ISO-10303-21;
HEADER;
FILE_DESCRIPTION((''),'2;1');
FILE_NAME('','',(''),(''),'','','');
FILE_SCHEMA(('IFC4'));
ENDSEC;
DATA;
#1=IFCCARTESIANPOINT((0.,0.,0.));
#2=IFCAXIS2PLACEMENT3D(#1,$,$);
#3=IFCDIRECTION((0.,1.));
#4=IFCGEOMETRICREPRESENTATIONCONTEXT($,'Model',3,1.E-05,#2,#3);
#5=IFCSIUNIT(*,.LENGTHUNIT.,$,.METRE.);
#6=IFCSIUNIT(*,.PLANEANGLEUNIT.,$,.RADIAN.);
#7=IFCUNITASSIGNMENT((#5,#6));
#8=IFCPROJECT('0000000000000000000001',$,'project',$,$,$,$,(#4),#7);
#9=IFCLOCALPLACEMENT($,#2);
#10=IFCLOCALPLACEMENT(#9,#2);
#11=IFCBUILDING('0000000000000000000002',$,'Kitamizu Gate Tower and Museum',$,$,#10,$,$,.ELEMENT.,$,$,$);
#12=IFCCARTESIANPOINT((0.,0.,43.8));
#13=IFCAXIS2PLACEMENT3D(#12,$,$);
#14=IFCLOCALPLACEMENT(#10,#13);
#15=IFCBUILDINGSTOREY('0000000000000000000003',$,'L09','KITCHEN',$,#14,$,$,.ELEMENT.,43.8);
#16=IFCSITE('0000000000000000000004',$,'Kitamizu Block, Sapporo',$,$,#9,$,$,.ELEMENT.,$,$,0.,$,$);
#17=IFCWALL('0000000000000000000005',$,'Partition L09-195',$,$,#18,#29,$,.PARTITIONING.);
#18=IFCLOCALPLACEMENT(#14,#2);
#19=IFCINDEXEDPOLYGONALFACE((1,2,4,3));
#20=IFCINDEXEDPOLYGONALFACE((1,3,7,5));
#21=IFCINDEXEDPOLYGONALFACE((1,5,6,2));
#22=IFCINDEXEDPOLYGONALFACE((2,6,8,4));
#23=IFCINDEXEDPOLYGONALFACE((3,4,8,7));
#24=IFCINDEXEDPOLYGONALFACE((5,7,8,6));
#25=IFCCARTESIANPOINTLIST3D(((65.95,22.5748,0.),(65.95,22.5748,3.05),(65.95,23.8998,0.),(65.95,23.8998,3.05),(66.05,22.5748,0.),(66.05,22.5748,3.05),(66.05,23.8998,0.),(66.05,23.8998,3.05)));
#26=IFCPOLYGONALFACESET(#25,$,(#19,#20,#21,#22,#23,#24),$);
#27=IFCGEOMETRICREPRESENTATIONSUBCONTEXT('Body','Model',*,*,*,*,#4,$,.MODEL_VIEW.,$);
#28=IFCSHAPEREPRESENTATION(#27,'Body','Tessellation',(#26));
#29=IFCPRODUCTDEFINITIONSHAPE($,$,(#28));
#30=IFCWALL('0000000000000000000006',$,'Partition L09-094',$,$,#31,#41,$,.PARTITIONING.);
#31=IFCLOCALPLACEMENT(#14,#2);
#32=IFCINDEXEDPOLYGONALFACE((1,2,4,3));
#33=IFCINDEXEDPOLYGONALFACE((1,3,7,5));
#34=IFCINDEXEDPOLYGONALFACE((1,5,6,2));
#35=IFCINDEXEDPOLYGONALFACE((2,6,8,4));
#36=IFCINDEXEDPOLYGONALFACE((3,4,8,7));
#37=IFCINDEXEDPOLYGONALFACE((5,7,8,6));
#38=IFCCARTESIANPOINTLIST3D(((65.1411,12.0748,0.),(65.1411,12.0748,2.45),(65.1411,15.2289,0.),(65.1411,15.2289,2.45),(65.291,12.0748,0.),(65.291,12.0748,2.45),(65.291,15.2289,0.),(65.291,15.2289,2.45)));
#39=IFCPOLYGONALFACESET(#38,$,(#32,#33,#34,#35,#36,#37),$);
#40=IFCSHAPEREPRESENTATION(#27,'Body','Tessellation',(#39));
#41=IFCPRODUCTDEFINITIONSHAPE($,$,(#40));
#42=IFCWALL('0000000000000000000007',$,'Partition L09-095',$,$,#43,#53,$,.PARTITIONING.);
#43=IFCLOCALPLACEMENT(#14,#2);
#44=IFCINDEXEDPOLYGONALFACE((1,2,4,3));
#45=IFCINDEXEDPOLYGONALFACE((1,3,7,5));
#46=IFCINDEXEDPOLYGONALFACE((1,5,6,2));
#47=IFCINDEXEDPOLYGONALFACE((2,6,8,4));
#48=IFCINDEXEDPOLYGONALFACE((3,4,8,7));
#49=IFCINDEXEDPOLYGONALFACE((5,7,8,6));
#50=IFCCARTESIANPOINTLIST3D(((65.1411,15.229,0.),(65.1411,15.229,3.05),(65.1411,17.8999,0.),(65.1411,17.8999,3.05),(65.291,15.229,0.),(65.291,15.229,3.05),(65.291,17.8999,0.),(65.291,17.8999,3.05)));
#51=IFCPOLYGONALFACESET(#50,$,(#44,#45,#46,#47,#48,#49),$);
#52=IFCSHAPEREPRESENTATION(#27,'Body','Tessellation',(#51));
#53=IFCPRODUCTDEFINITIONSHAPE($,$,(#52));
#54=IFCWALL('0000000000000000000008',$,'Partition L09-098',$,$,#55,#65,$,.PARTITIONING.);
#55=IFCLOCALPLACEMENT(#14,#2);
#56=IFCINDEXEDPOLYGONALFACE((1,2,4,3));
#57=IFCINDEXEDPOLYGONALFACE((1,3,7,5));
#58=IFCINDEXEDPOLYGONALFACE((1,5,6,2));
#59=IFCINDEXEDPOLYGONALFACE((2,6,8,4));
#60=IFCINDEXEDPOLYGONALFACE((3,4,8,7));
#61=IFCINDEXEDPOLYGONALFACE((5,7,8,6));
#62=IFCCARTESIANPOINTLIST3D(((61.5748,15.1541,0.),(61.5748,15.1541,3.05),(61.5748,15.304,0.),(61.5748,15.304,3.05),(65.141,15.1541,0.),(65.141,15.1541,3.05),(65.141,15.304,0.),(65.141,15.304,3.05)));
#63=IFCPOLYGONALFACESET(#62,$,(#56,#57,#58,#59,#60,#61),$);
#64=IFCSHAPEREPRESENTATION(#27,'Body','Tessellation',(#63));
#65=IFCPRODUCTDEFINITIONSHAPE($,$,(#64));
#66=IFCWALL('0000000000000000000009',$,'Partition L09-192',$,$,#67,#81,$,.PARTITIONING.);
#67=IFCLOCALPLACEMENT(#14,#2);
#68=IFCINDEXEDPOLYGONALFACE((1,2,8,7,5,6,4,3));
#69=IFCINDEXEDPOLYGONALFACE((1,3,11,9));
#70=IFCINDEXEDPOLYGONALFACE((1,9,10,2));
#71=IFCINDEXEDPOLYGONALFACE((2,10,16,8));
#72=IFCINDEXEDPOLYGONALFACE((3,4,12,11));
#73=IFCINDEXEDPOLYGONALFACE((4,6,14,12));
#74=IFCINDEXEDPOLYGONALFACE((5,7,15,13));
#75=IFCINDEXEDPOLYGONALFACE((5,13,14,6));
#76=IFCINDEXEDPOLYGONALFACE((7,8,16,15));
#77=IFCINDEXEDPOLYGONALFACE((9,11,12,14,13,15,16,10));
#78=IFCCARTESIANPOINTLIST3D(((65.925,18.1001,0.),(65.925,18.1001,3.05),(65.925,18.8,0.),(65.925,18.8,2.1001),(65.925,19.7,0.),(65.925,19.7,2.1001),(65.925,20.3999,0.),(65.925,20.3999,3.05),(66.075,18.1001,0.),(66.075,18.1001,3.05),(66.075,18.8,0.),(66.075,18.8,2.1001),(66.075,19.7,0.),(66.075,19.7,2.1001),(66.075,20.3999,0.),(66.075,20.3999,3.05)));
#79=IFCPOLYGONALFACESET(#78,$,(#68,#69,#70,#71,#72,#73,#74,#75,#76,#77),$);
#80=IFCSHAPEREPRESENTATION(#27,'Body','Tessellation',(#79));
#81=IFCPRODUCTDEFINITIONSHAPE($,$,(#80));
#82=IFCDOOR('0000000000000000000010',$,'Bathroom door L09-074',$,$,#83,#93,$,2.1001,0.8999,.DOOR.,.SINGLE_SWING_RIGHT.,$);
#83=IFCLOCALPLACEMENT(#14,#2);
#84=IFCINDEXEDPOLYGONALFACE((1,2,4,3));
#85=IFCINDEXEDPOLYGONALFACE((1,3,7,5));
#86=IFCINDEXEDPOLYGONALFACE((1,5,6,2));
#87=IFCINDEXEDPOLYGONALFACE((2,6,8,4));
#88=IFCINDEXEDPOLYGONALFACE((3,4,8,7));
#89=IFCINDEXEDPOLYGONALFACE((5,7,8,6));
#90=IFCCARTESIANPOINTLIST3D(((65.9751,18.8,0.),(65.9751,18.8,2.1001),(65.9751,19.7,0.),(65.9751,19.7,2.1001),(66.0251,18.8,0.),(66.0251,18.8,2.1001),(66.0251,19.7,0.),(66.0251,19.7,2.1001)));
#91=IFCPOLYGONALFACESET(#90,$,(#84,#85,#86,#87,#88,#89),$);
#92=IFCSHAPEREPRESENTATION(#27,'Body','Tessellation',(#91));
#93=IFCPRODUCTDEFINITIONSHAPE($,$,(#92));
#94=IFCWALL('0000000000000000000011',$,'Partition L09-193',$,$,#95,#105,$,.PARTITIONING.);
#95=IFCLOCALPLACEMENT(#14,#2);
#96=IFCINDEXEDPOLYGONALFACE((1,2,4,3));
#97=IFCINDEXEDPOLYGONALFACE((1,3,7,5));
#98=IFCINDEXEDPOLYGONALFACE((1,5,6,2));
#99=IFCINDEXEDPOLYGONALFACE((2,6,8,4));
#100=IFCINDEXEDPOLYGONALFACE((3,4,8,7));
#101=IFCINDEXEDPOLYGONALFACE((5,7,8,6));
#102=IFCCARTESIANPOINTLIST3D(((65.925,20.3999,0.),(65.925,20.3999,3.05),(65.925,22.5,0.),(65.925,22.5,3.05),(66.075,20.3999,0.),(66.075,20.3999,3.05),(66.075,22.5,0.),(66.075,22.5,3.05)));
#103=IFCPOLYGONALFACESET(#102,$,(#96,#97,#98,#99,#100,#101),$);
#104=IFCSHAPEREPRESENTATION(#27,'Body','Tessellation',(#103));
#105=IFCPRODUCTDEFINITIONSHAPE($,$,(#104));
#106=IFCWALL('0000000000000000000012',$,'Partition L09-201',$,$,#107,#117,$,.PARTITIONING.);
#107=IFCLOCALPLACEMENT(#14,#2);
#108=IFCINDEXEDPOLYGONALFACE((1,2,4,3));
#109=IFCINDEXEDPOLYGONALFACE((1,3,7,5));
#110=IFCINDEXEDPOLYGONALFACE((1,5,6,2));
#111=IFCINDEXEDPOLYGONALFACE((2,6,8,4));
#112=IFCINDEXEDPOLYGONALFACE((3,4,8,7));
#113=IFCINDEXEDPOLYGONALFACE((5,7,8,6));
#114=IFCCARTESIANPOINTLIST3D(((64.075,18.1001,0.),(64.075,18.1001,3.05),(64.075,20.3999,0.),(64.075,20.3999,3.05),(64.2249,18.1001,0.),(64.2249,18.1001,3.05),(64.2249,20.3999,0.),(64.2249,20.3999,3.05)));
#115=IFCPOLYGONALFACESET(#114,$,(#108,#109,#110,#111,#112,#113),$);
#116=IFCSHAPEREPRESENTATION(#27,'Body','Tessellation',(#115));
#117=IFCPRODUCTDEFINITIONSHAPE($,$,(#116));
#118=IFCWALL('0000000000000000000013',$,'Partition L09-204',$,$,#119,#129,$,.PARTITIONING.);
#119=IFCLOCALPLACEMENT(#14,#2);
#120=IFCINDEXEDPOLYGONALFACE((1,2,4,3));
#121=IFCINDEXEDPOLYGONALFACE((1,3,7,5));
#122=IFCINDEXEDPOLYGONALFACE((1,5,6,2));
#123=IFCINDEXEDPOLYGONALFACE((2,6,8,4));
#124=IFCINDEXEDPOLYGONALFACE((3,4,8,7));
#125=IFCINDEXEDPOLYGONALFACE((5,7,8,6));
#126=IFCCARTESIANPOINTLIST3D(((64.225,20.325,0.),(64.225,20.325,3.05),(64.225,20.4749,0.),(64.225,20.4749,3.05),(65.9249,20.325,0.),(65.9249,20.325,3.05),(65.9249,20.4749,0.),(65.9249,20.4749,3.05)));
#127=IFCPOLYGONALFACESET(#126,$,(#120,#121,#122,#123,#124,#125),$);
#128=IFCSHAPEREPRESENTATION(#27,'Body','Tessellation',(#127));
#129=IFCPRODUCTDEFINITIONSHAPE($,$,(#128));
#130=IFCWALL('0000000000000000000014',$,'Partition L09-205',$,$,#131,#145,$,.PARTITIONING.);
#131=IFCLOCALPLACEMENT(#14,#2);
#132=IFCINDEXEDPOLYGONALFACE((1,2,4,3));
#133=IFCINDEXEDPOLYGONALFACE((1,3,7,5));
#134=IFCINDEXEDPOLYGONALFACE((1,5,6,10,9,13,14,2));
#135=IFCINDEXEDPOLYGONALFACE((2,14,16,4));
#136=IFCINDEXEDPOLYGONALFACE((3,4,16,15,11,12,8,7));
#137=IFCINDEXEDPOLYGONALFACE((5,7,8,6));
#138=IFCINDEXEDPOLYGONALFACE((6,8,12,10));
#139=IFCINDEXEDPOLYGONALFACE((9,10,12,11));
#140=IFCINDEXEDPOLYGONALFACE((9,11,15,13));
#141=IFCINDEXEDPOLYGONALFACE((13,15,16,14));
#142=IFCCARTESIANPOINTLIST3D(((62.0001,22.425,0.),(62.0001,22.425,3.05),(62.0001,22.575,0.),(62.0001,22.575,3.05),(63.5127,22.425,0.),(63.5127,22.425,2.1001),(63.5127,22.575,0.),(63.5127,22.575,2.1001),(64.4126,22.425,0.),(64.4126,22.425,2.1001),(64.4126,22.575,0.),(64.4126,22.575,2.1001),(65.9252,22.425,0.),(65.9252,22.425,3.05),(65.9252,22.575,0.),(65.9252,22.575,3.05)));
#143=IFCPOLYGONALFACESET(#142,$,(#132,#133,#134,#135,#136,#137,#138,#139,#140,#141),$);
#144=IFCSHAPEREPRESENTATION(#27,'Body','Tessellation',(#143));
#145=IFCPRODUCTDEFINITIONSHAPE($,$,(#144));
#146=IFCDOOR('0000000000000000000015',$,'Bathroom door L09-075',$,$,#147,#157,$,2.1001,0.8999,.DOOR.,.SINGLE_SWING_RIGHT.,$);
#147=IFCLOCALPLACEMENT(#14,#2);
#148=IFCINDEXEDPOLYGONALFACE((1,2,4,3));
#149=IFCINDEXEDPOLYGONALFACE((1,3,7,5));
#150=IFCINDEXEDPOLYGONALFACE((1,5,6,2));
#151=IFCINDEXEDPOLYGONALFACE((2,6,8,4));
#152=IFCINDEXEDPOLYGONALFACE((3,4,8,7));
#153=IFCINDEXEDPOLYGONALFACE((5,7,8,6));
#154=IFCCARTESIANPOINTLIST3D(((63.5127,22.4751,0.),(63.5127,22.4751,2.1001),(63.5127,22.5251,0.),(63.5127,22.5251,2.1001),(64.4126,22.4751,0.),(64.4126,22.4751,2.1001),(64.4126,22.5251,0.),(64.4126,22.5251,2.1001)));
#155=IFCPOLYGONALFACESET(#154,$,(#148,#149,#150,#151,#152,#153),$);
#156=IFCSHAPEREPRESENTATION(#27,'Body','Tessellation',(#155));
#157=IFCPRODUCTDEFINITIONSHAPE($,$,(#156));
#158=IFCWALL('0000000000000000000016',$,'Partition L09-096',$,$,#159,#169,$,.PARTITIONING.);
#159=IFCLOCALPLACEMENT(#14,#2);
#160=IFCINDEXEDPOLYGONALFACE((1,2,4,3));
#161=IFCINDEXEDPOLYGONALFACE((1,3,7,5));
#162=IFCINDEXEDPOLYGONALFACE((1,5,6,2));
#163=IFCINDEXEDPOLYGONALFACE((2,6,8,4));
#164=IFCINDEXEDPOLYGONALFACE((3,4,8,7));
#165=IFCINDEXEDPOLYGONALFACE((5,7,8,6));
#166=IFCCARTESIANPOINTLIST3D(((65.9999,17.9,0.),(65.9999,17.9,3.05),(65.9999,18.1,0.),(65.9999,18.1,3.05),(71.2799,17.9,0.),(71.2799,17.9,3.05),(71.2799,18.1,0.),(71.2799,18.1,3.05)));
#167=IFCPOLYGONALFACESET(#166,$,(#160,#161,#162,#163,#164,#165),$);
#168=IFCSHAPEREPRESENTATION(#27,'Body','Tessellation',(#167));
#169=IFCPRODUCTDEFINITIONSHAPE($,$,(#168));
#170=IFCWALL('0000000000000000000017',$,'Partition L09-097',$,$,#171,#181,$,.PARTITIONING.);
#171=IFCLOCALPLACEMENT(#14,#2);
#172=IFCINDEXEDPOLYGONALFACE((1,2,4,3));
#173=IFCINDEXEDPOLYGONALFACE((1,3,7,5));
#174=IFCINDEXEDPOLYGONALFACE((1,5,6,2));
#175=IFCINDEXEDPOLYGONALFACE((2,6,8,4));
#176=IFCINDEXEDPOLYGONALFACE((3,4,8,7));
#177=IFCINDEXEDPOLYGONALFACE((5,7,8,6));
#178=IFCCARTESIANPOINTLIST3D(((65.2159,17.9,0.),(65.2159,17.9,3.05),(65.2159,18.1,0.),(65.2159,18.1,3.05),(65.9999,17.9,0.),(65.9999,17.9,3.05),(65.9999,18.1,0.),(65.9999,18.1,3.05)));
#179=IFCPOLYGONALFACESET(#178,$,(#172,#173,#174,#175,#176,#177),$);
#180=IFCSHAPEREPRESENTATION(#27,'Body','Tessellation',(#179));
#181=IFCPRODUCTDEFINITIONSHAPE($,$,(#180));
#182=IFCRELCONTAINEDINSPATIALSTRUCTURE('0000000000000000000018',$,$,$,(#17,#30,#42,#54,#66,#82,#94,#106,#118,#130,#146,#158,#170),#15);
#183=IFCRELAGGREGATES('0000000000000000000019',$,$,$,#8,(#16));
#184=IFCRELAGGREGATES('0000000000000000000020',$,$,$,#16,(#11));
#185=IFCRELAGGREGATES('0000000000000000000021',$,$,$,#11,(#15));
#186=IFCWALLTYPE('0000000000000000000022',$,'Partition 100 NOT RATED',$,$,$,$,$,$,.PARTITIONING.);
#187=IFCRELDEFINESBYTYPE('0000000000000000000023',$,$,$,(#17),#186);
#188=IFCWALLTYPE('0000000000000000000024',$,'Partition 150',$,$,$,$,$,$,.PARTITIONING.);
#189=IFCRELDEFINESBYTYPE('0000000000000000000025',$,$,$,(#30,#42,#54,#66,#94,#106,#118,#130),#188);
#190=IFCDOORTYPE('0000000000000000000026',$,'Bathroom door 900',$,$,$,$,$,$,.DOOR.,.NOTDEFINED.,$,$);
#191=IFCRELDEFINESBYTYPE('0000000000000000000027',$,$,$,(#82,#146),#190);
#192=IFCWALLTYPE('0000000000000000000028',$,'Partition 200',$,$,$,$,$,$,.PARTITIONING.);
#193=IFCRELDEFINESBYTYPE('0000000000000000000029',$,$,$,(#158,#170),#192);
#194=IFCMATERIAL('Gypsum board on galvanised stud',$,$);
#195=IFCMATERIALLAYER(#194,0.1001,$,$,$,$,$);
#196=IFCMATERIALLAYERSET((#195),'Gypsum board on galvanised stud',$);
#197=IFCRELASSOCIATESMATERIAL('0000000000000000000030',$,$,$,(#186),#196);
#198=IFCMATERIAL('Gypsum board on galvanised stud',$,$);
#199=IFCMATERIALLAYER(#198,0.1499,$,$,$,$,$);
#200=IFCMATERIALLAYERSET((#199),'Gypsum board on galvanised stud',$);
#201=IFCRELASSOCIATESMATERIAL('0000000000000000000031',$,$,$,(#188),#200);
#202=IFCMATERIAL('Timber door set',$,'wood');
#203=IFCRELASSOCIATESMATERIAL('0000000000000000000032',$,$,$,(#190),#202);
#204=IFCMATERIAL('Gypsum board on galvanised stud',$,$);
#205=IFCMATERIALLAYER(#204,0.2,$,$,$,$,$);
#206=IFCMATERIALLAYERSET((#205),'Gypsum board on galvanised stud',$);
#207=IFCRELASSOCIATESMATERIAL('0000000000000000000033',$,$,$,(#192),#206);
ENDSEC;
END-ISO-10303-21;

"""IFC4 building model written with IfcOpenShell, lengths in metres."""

from ifc_helpers import new_model, si_unit, direction, frame, frame_2d, origin, place, context, subcontext, project, spatial, rectangle, extrude, material, layer, layer_set, type_object, element, fill, save


model = new_model("IFC4")

# Units and contexts
model_context = context("Model", 3, precision=1e-05, world=origin(), true_north=direction((0.0, 1.0)))
body_context = subcontext(model_context, "Body", "Model", "MODEL_VIEW")
ifc_project = project(units=[si_unit("LENGTHUNIT", "METRE"), si_unit("PLANEANGLEUNIT", "RADIAN")], contexts=[model_context])

# Site, building, storey
site_placement = place(None, origin())
site = spatial("IfcSite", under=ifc_project, at=site_placement, Name="Kitamizu Block, Sapporo", CompositionType="ELEMENT", RefElevation=0.0)
building_placement = place(site_placement, origin())
building = spatial("IfcBuilding", under=site, at=building_placement, Name="Kitamizu Gate Tower and Museum", CompositionType="ELEMENT")
storey_placement = place(building_placement, frame((0.0, 0.0, 43.8)))
storey = spatial("IfcBuildingStorey", under=building, at=storey_placement, Name="L09", Description="KITCHEN", CompositionType="ELEMENT", Elevation=43.8)

# Walls
ifc_material_1 = material(Name="Gypsum board on galvanised stud")
ifc_layer_1 = layer(ifc_material_1, 0.1001)
ifc_layer_set_1 = layer_set([ifc_layer_1], Name="Gypsum board on galvanised stud")
wall_type_1 = type_object("IfcWallType", Name="Partition 100 NOT RATED", PredefinedType="PARTITIONING", material=ifc_layer_set_1)
wall_1_placement = place(storey_placement, frame((66.0, 23.8999, 0.0), z_axis=(0.0, 0.0, 1.0), x_axis=(0.0, -1.0, 0.0)))
element("IfcWall", 1, at=wall_1_placement, inside=storey, type_object=wall_type_1, Name="Partition L09-195", PredefinedType="PARTITIONING", context=body_context, shape_type="SweptSolid", body=[
    extrude(rectangle(XDim=1.325, YDim=0.1001, at=frame_2d((0.6626, 0.0))), origin(), (0.0, 0.0, 1.0), 3.05),
])
ifc_material_2 = material(Name="Gypsum board on galvanised stud")
ifc_layer_2 = layer(ifc_material_2, 0.1499)
ifc_layer_set_2 = layer_set([ifc_layer_2], Name="Gypsum board on galvanised stud")
wall_type_2 = type_object("IfcWallType", Name="Partition 150", PredefinedType="PARTITIONING", material=ifc_layer_set_2)
wall_2_placement = place(storey_placement, frame((65.2161, 15.229, 0.0), z_axis=(0.0, 0.0, 1.0), x_axis=(0.0, -1.0, 0.0)))
element("IfcWall", 2, at=wall_2_placement, inside=storey, type_object=wall_type_2, Name="Partition L09-094", PredefinedType="PARTITIONING", context=body_context, shape_type="SweptSolid", body=[
    extrude(rectangle(XDim=3.1541, YDim=0.1499, at=frame_2d((1.5771, 0.0))), origin(), (0.0, 0.0, 1.0), 2.45),
])
wall_3_placement = place(storey_placement, frame((65.2161, 17.8999, 0.0), z_axis=(0.0, 0.0, 1.0), x_axis=(0.0, -1.0, 0.0)))
element("IfcWall", 3, at=wall_3_placement, inside=storey, type_object=wall_type_2, Name="Partition L09-095", PredefinedType="PARTITIONING", context=body_context, shape_type="SweptSolid", body=[
    extrude(rectangle(XDim=2.6709, YDim=0.1499, at=frame_2d((1.3354, 0.0))), origin(), (0.0, 0.0, 1.0), 3.05),
])
wall_4_placement = place(storey_placement, frame((65.1411, 15.229, 0.0), z_axis=(0.0, 0.0, 1.0), x_axis=(-1.0, 0.0, 0.0)))
element("IfcWall", 4, at=wall_4_placement, inside=storey, type_object=wall_type_2, Name="Partition L09-098", PredefinedType="PARTITIONING", context=body_context, shape_type="SweptSolid", body=[
    extrude(rectangle(XDim=3.5662, YDim=0.1499, at=frame_2d((1.7832, 0.0))), origin(), (0.0, 0.0, 1.0), 3.05),
])

# Wall, opening, door
wall_5_placement = place(storey_placement, frame((66.0, 20.3999, 0.0), z_axis=(0.0, 0.0, 1.0), x_axis=(0.0, -1.0, 0.0)))
wall_5 = element("IfcWall", 5, at=wall_5_placement, inside=storey, type_object=wall_type_2, Name="Partition L09-192", PredefinedType="PARTITIONING", context=body_context, shape_type="SweptSolid", body=[
    extrude(rectangle(XDim=2.2998, YDim=0.1499, at=frame_2d((1.1499, 0.0))), origin(), (0.0, 0.0, 1.0), 3.05),
])
opening_1_placement = place(wall_5_placement, frame((0.7, 0.0, 0.0)))
opening_1 = element("IfcOpeningElement", 6, at=opening_1_placement, cuts=wall_5, PredefinedType="OPENING", context=body_context, shape_type="SweptSolid", body=[
    extrude(rectangle(XDim=0.8999, YDim=2.1001, at=frame_2d((0.45, 1.05))), frame((0.0, 0.085, 0.0), z_axis=(0.0, -1.0, 0.0), x_axis=(1.0, 0.0, 0.0)), (0.0, 0.0, 1.0), 0.1699),
])
ifc_material_3 = material(Name="Timber door set", Category="wood")
door_type = type_object("IfcDoorType", Name="Bathroom door 900", OperationType="NOTDEFINED", PredefinedType="DOOR", material=ifc_material_3)
door_1_placement = place(opening_1_placement, frame((0.8999, 0.0, 0.0), x_axis=(-1.0, 0.0, 0.0)))
door_1 = element("IfcDoor", 7, at=door_1_placement, inside=storey, type_object=door_type, Name="Bathroom door L09-074", OperationType="SINGLE_SWING_RIGHT", OverallHeight=2.1001, OverallWidth=0.8999, PredefinedType="DOOR", context=body_context, shape_type="SweptSolid", body=[
    extrude(rectangle(XDim=0.8999, YDim=2.1001, at=frame_2d((0.45, 1.05))), frame((0.0, 0.0249, 0.0), z_axis=(0.0, -1.0, 0.0), x_axis=(1.0, 0.0, 0.0)), (0.0, 0.0, 1.0), 0.05),
])
fill(opening_1, door_1)

# Walls
wall_6_placement = place(storey_placement, frame((66.0, 22.5, 0.0), z_axis=(0.0, 0.0, 1.0), x_axis=(0.0, -1.0, 0.0)))
element("IfcWall", 8, at=wall_6_placement, inside=storey, type_object=wall_type_2, Name="Partition L09-193", PredefinedType="PARTITIONING", context=body_context, shape_type="SweptSolid", body=[
    extrude(rectangle(XDim=2.1001, YDim=0.1499, at=frame_2d((1.05, 0.0))), origin(), (0.0, 0.0, 1.0), 3.05),
])
wall_7_placement = place(storey_placement, frame((64.1499, 18.1001, 0.0), z_axis=(0.0, 0.0, 1.0), x_axis=(0.0, 1.0, 0.0)))
element("IfcWall", 9, at=wall_7_placement, inside=storey, type_object=wall_type_2, Name="Partition L09-201", PredefinedType="PARTITIONING", context=body_context, shape_type="SweptSolid", body=[
    extrude(rectangle(XDim=2.2998, YDim=0.1499, at=frame_2d((1.1499, 0.0))), origin(), (0.0, 0.0, 1.0), 3.05),
])
wall_8_placement = place(storey_placement, frame((65.925, 20.3999, 0.0), z_axis=(0.0, 0.0, 1.0), x_axis=(-1.0, 0.0, 0.0)))
element("IfcWall", 10, at=wall_8_placement, inside=storey, type_object=wall_type_2, Name="Partition L09-204", PredefinedType="PARTITIONING", context=body_context, shape_type="SweptSolid", body=[
    extrude(rectangle(XDim=1.7, YDim=0.1499, at=frame_2d((0.8501, 0.0))), origin(), (0.0, 0.0, 1.0), 3.05),
])

# Wall, opening, door
wall_9_placement = place(storey_placement, frame((65.925, 22.5, 0.0), z_axis=(0.0, 0.0, 1.0), x_axis=(-1.0, 0.0, 0.0)))
wall_9 = element("IfcWall", 11, at=wall_9_placement, inside=storey, type_object=wall_type_2, Name="Partition L09-205", PredefinedType="PARTITIONING", context=body_context, shape_type="SweptSolid", body=[
    extrude(rectangle(XDim=3.925, YDim=0.1499, at=frame_2d((1.9624, 0.0))), origin(), (0.0, 0.0, 1.0), 3.05),
])
opening_2_placement = place(wall_9_placement, frame((1.5125, 0.0, 0.0)))
opening_2 = element("IfcOpeningElement", 12, at=opening_2_placement, cuts=wall_9, PredefinedType="OPENING", context=body_context, shape_type="SweptSolid", body=[
    extrude(rectangle(XDim=0.8999, YDim=2.1001, at=frame_2d((0.45, 1.05))), frame((0.0, 0.085, 0.0), z_axis=(0.0, -1.0, 0.0), x_axis=(1.0, 0.0, 0.0)), (0.0, 0.0, 1.0), 0.1699),
])
door_2_placement = place(opening_2_placement, origin())
door_2 = element("IfcDoor", 13, at=door_2_placement, inside=storey, type_object=door_type, Name="Bathroom door L09-075", OperationType="SINGLE_SWING_RIGHT", OverallHeight=2.1001, OverallWidth=0.8999, PredefinedType="DOOR", context=body_context, shape_type="SweptSolid", body=[
    extrude(rectangle(XDim=0.8999, YDim=2.1001, at=frame_2d((0.45, 1.05))), frame((0.0, 0.0249, 0.0), z_axis=(0.0, -1.0, 0.0), x_axis=(1.0, 0.0, 0.0)), (0.0, 0.0, 1.0), 0.05),
])
fill(opening_2, door_2)

# Walls
ifc_material_4 = material(Name="Gypsum board on galvanised stud")
ifc_layer_3 = layer(ifc_material_4, 0.2)
ifc_layer_set_3 = layer_set([ifc_layer_3], Name="Gypsum board on galvanised stud")
wall_type_3 = type_object("IfcWallType", Name="Partition 200", PredefinedType="PARTITIONING", material=ifc_layer_set_3)
wall_10_placement = place(storey_placement, frame((71.28, 18.0, 0.0), z_axis=(0.0, 0.0, 1.0), x_axis=(-1.0, 0.0, 0.0)))
element("IfcWall", 14, at=wall_10_placement, inside=storey, type_object=wall_type_3, Name="Partition L09-096", PredefinedType="PARTITIONING", context=body_context, shape_type="SweptSolid", body=[
    extrude(rectangle(XDim=5.28, YDim=0.2, at=frame_2d((2.6401, 0.0))), origin(), (0.0, 0.0, 1.0), 3.05),
])
wall_11_placement = place(storey_placement, frame((66.0, 18.0, 0.0), z_axis=(0.0, 0.0, 1.0), x_axis=(-1.0, 0.0, 0.0)))
element("IfcWall", 15, at=wall_11_placement, inside=storey, type_object=wall_type_3, Name="Partition L09-097", PredefinedType="PARTITIONING", context=body_context, shape_type="SweptSolid", body=[
    extrude(rectangle(XDim=0.7839, YDim=0.2, at=frame_2d((0.3921, 0.0))), origin(), (0.0, 0.0, 1.0), 3.05),
])

save(model, "model.ifc")
